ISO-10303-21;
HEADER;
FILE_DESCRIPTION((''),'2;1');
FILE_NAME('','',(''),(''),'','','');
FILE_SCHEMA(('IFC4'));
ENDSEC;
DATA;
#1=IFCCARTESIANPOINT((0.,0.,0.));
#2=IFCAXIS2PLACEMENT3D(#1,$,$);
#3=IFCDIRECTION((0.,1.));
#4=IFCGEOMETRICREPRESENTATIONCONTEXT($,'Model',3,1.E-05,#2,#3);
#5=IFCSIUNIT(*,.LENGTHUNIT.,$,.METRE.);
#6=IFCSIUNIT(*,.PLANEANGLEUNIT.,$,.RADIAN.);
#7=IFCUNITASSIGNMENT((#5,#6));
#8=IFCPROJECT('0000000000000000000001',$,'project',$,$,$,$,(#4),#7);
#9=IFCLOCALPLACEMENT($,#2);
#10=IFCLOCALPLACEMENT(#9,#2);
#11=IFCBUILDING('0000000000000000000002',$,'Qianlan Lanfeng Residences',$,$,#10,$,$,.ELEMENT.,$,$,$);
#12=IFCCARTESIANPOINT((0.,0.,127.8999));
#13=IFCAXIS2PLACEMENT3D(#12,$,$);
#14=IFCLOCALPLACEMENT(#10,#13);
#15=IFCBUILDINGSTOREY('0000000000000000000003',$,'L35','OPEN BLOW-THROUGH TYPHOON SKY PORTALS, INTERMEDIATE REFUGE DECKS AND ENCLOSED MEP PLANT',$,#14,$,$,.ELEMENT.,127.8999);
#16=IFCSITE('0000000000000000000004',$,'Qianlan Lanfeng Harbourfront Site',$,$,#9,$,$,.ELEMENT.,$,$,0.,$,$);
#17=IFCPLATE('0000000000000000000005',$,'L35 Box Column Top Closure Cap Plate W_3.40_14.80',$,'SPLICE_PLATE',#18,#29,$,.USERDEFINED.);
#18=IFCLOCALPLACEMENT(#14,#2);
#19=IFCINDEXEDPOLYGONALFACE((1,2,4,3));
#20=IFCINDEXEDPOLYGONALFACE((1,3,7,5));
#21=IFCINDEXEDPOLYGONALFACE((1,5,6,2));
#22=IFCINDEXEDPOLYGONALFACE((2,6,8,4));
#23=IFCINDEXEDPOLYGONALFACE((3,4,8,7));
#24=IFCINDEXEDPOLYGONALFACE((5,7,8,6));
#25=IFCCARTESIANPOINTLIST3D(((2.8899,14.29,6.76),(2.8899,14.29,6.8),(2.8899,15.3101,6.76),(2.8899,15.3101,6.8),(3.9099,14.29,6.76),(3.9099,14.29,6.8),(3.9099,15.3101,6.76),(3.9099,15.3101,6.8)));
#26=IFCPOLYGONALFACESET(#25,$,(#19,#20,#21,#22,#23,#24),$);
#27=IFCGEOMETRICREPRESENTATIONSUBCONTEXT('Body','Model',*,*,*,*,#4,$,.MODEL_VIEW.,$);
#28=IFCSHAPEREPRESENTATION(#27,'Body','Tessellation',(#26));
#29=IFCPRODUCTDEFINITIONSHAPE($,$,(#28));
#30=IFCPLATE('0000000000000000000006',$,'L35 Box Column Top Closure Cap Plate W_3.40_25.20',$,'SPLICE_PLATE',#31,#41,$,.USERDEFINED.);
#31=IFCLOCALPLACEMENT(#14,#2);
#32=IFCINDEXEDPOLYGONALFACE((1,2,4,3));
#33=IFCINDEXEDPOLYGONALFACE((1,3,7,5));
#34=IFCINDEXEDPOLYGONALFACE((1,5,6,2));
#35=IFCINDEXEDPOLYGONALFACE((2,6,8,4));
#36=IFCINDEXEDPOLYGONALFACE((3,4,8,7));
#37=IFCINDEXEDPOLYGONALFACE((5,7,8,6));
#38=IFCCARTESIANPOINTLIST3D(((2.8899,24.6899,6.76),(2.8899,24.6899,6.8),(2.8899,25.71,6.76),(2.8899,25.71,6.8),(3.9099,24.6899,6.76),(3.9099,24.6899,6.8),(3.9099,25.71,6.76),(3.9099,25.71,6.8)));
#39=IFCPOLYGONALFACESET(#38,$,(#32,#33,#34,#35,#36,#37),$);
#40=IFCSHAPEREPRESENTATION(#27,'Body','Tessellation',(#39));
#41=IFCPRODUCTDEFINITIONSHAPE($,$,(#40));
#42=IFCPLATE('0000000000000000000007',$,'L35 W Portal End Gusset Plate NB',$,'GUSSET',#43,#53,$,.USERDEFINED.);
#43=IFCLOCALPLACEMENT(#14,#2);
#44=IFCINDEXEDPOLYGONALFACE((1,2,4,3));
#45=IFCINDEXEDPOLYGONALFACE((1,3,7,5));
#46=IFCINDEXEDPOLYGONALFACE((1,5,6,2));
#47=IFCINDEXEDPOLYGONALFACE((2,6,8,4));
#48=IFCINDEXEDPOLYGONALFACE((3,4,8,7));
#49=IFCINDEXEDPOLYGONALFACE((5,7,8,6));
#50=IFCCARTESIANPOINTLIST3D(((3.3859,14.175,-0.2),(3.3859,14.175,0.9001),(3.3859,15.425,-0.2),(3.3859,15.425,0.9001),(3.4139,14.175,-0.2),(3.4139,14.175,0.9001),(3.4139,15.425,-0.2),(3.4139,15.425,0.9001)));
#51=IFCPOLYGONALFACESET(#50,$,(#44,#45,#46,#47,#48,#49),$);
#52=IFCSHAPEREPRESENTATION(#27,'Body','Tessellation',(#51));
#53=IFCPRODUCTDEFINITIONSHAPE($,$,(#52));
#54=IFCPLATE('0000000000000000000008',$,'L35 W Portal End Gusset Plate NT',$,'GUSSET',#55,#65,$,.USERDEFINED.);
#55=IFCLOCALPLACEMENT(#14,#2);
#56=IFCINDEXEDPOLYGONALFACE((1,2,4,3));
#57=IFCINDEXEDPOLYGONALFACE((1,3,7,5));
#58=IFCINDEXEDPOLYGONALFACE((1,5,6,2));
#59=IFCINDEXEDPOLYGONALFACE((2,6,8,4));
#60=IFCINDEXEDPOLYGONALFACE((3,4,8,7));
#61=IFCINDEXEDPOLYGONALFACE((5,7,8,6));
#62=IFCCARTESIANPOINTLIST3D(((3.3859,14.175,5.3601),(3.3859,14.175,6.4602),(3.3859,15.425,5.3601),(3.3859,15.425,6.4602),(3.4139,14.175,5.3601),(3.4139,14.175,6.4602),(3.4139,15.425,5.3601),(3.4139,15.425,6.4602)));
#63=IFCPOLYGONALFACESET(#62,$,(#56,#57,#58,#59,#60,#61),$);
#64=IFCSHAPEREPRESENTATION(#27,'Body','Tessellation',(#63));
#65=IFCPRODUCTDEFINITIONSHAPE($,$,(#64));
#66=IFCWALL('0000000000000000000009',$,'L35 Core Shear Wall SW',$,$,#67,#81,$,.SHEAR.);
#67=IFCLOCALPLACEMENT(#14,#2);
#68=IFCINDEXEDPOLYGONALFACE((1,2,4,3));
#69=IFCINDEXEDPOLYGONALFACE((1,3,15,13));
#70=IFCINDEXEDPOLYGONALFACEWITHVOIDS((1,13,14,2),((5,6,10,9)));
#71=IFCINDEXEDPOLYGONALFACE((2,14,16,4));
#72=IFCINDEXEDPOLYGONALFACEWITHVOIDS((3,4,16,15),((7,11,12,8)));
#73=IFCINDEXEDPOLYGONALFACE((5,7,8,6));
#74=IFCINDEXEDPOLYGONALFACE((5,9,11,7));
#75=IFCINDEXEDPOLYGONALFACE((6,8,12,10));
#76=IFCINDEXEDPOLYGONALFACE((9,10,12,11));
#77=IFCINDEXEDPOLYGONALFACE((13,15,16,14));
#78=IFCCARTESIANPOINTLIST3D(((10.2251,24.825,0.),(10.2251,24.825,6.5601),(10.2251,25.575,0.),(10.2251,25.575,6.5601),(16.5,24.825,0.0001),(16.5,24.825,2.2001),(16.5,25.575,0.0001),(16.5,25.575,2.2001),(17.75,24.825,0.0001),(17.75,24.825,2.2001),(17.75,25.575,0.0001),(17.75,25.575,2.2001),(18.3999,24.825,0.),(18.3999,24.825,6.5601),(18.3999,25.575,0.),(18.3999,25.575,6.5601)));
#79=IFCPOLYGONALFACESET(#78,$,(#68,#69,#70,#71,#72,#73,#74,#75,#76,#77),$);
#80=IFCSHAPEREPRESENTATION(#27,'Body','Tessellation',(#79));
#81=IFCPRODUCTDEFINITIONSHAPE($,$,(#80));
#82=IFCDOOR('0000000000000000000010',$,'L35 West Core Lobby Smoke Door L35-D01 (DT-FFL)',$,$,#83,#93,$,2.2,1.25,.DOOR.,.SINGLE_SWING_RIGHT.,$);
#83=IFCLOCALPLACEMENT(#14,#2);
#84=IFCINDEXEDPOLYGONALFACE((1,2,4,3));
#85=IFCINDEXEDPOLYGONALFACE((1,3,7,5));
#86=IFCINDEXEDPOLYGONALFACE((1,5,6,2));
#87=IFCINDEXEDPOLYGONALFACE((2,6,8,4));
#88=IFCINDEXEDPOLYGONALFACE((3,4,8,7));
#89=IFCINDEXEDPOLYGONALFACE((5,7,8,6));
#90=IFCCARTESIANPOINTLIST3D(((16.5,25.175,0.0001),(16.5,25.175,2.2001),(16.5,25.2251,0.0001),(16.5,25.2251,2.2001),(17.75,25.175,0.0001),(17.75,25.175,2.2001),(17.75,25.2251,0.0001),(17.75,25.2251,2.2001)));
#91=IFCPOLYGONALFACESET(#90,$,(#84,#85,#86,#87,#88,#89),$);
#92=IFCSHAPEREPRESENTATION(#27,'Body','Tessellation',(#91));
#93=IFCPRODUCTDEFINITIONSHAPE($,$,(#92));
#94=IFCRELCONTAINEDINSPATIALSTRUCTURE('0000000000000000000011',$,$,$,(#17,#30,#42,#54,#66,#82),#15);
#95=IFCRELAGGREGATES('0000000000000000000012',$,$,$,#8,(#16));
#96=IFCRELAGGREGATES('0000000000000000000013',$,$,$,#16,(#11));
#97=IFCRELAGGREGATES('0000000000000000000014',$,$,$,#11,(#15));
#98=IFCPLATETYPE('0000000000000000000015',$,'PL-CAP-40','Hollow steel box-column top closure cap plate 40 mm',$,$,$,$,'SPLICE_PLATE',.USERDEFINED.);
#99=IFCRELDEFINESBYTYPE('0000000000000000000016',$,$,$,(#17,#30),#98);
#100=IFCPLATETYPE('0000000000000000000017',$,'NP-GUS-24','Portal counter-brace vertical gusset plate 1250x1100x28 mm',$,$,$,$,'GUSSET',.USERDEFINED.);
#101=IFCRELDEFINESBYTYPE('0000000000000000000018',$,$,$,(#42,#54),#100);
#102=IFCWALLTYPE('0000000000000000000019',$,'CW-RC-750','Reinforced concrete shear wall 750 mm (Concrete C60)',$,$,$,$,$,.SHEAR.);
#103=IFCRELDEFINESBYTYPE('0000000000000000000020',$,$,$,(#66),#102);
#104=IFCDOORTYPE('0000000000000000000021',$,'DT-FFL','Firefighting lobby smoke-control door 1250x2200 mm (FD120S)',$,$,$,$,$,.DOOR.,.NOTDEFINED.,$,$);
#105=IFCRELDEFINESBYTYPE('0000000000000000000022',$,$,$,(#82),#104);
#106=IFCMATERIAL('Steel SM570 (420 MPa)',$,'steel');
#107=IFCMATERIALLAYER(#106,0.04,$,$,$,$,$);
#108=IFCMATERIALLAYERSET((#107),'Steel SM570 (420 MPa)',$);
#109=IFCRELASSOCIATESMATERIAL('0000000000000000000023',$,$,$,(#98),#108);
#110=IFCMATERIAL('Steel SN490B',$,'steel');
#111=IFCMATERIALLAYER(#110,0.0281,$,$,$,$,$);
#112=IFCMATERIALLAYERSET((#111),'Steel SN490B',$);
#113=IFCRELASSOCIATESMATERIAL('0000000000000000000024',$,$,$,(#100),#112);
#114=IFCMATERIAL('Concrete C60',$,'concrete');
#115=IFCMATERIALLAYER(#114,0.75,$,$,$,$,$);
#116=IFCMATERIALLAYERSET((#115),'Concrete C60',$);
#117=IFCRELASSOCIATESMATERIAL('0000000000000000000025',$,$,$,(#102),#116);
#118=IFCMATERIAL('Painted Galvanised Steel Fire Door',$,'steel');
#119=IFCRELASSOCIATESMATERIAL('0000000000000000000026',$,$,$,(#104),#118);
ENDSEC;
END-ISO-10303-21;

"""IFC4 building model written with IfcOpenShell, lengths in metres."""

from ifc_helpers import new_model, si_unit, direction, frame, frame_2d, origin, origin_2d, place, context, subcontext, project, spatial, rectangle, extrude, source, transform, mapped, material, layer, layer_set, type_object, element, fill, save


model = new_model("IFC4")

# Units and contexts
model_context = context("Model", 3, precision=1e-05, world=origin(), true_north=direction((0.0, 1.0)))
body_context = subcontext(model_context, "Body", "Model", "MODEL_VIEW")
ifc_project = project(units=[si_unit("LENGTHUNIT", "METRE"), si_unit("PLANEANGLEUNIT", "RADIAN")], contexts=[model_context])

# Site, building, storey
site_placement = place(None, origin())
site = spatial("IfcSite", under=ifc_project, at=site_placement, Name="Qianlan Lanfeng Harbourfront Site", CompositionType="ELEMENT", RefElevation=0.0)
building_placement = place(site_placement, origin())
building = spatial("IfcBuilding", under=site, at=building_placement, Name="Qianlan Lanfeng Residences", CompositionType="ELEMENT")
storey_placement = place(building_placement, frame((0.0, 0.0, 127.8999)))
storey = spatial("IfcBuildingStorey", under=building, at=storey_placement, Name="L35", Description="OPEN BLOW-THROUGH TYPHOON SKY PORTALS, INTERMEDIATE REFUGE DECKS AND ENCLOSED MEP PLANT", CompositionType="ELEMENT", Elevation=127.8999)

# Shared definitions
ifc_material_1 = material(Name="Steel SN490B", Category="steel")

# Shared definitions
ifc_material_2 = material(Name="Steel SM570 (420 MPa)", Category="steel")

# Plates
ifc_layer_1 = layer(ifc_material_2, 0.04)
ifc_layer_set_1 = layer_set([ifc_layer_1], Name="Steel SM570 (420 MPa)")
plate_type_1 = type_object("IfcPlateType", Name="PL-CAP-40", Description="Hollow steel box-column top closure cap plate 40 mm", ElementType="SPLICE_PLATE", PredefinedType="USERDEFINED", material=ifc_layer_set_1)
shared_shape_1 = source(origin(), body_context, "Body", "SweptSolid", [
    extrude(rectangle(XDim=1.02, YDim=1.02, at=origin_2d()), origin(), (0.0, 0.0, 1.0), 0.04),
])
for number, where, z_axis, x_axis, name in (
    (1, (3.3999, 14.8, 6.76), (0.0, 0.0, 1.0), (1.0, 0.0, 0.0), "L35 Box Column Top Closure Cap Plate W_3.40_14.80"),
    (2, (3.3999, 25.2, 6.76), (0.0, 0.0, 1.0), (1.0, 0.0, 0.0), "L35 Box Column Top Closure Cap Plate W_3.40_25.20"),
):
    element("IfcPlate", number, at=place(storey_placement, frame(where, z_axis=z_axis, x_axis=x_axis)), inside=storey, type_object=plate_type_1, Name=name, ObjectType="SPLICE_PLATE", PredefinedType="USERDEFINED", context=body_context, shape_type="MappedRepresentation", body=[
        mapped(shared_shape_1, transform((0.0, 0.0, 0.0), scale=1.0)),
    ])
ifc_layer_2 = layer(ifc_material_1, 0.0281)
ifc_layer_set_2 = layer_set([ifc_layer_2], Name="Steel SN490B")
plate_type_2 = type_object("IfcPlateType", Name="NP-GUS-24", Description="Portal counter-brace vertical gusset plate 1250x1100x28 mm", ElementType="GUSSET", PredefinedType="USERDEFINED", material=ifc_layer_set_2)
shared_shape_2 = source(origin(), body_context, "Body", "SweptSolid", [
    extrude(rectangle(XDim=0.0281, YDim=1.25, at=origin_2d()), origin(), (0.0, 0.0, 1.0), 1.1001),
])
for number, where, z_axis, x_axis, name in (
    (3, (3.3999, 14.8, -0.2), (0.0, 0.0, 1.0), (1.0, 0.0, 0.0), "L35 W Portal End Gusset Plate NB"),
    (4, (3.3999, 14.8, 5.3601), (0.0, 0.0, 1.0), (1.0, 0.0, 0.0), "L35 W Portal End Gusset Plate NT"),
):
    element("IfcPlate", number, at=place(storey_placement, frame(where, z_axis=z_axis, x_axis=x_axis)), inside=storey, type_object=plate_type_2, Name=name, ObjectType="GUSSET", PredefinedType="USERDEFINED", context=body_context, shape_type="MappedRepresentation", body=[
        mapped(shared_shape_2, transform((0.0, 0.0, 0.0), scale=1.0)),
    ])

# Wall, opening, door
ifc_material_3 = material(Name="Concrete C60", Category="concrete")
ifc_layer_3 = layer(ifc_material_3, 0.75)
ifc_layer_set_3 = layer_set([ifc_layer_3], Name="Concrete C60")
wall_type = type_object("IfcWallType", Name="CW-RC-750", Description="Reinforced concrete shear wall 750 mm (Concrete C60)", PredefinedType="SHEAR", material=ifc_layer_set_3)
wall_placement = place(storey_placement, frame((10.2251, 25.2, 0.0), z_axis=(0.0, 0.0, 1.0), x_axis=(1.0, 0.0, 0.0)))
wall = element("IfcWall", 5, at=wall_placement, inside=storey, type_object=wall_type, Name="L35 Core Shear Wall SW", PredefinedType="SHEAR", context=body_context, shape_type="SweptSolid", body=[
    extrude(rectangle(XDim=8.1748, YDim=0.75, at=frame_2d((4.0874, 0.0))), origin(), (0.0, 0.0, 1.0), 6.5601),
])
opening_placement = place(wall_placement, frame((6.2749, 0.0, 0.0)))
opening = element("IfcOpeningElement", 6, at=opening_placement, cuts=wall, PredefinedType="OPENING", context=body_context, shape_type="SweptSolid", body=[
    extrude(rectangle(XDim=1.25, YDim=2.2, at=frame_2d((0.625, 1.1001))), frame((0.0, 0.385, 0.0), z_axis=(0.0, -1.0, 0.0), x_axis=(1.0, 0.0, 0.0)), (0.0, 0.0, 1.0), 0.77),
])
ifc_material_4 = material(Name="Painted Galvanised Steel Fire Door", Category="steel")
door_type = type_object("IfcDoorType", Name="DT-FFL", Description="Firefighting lobby smoke-control door 1250x2200 mm (FD120S)", OperationType="NOTDEFINED", PredefinedType="DOOR", material=ifc_material_4)
door_placement = place(opening_placement, frame((1.25, 0.0, 0.0), z_axis=(0.0, 0.0, 1.0), x_axis=(-1.0, 0.0, 0.0)))
door = element("IfcDoor", 7, at=door_placement, inside=storey, type_object=door_type, Name="L35 West Core Lobby Smoke Door L35-D01 (DT-FFL)", OperationType="SINGLE_SWING_RIGHT", OverallHeight=2.2, OverallWidth=1.25, PredefinedType="DOOR", context=body_context, shape_type="SweptSolid", body=[
    extrude(rectangle(XDim=1.25, YDim=2.2, at=frame_2d((0.625, 1.1001))), frame((0.0, 0.0249, 0.0), z_axis=(0.0, -1.0, 0.0), x_axis=(1.0, 0.0, 0.0)), (0.0, 0.0, 1.0), 0.05),
])
fill(opening, door)

save(model, "model.ifc")
